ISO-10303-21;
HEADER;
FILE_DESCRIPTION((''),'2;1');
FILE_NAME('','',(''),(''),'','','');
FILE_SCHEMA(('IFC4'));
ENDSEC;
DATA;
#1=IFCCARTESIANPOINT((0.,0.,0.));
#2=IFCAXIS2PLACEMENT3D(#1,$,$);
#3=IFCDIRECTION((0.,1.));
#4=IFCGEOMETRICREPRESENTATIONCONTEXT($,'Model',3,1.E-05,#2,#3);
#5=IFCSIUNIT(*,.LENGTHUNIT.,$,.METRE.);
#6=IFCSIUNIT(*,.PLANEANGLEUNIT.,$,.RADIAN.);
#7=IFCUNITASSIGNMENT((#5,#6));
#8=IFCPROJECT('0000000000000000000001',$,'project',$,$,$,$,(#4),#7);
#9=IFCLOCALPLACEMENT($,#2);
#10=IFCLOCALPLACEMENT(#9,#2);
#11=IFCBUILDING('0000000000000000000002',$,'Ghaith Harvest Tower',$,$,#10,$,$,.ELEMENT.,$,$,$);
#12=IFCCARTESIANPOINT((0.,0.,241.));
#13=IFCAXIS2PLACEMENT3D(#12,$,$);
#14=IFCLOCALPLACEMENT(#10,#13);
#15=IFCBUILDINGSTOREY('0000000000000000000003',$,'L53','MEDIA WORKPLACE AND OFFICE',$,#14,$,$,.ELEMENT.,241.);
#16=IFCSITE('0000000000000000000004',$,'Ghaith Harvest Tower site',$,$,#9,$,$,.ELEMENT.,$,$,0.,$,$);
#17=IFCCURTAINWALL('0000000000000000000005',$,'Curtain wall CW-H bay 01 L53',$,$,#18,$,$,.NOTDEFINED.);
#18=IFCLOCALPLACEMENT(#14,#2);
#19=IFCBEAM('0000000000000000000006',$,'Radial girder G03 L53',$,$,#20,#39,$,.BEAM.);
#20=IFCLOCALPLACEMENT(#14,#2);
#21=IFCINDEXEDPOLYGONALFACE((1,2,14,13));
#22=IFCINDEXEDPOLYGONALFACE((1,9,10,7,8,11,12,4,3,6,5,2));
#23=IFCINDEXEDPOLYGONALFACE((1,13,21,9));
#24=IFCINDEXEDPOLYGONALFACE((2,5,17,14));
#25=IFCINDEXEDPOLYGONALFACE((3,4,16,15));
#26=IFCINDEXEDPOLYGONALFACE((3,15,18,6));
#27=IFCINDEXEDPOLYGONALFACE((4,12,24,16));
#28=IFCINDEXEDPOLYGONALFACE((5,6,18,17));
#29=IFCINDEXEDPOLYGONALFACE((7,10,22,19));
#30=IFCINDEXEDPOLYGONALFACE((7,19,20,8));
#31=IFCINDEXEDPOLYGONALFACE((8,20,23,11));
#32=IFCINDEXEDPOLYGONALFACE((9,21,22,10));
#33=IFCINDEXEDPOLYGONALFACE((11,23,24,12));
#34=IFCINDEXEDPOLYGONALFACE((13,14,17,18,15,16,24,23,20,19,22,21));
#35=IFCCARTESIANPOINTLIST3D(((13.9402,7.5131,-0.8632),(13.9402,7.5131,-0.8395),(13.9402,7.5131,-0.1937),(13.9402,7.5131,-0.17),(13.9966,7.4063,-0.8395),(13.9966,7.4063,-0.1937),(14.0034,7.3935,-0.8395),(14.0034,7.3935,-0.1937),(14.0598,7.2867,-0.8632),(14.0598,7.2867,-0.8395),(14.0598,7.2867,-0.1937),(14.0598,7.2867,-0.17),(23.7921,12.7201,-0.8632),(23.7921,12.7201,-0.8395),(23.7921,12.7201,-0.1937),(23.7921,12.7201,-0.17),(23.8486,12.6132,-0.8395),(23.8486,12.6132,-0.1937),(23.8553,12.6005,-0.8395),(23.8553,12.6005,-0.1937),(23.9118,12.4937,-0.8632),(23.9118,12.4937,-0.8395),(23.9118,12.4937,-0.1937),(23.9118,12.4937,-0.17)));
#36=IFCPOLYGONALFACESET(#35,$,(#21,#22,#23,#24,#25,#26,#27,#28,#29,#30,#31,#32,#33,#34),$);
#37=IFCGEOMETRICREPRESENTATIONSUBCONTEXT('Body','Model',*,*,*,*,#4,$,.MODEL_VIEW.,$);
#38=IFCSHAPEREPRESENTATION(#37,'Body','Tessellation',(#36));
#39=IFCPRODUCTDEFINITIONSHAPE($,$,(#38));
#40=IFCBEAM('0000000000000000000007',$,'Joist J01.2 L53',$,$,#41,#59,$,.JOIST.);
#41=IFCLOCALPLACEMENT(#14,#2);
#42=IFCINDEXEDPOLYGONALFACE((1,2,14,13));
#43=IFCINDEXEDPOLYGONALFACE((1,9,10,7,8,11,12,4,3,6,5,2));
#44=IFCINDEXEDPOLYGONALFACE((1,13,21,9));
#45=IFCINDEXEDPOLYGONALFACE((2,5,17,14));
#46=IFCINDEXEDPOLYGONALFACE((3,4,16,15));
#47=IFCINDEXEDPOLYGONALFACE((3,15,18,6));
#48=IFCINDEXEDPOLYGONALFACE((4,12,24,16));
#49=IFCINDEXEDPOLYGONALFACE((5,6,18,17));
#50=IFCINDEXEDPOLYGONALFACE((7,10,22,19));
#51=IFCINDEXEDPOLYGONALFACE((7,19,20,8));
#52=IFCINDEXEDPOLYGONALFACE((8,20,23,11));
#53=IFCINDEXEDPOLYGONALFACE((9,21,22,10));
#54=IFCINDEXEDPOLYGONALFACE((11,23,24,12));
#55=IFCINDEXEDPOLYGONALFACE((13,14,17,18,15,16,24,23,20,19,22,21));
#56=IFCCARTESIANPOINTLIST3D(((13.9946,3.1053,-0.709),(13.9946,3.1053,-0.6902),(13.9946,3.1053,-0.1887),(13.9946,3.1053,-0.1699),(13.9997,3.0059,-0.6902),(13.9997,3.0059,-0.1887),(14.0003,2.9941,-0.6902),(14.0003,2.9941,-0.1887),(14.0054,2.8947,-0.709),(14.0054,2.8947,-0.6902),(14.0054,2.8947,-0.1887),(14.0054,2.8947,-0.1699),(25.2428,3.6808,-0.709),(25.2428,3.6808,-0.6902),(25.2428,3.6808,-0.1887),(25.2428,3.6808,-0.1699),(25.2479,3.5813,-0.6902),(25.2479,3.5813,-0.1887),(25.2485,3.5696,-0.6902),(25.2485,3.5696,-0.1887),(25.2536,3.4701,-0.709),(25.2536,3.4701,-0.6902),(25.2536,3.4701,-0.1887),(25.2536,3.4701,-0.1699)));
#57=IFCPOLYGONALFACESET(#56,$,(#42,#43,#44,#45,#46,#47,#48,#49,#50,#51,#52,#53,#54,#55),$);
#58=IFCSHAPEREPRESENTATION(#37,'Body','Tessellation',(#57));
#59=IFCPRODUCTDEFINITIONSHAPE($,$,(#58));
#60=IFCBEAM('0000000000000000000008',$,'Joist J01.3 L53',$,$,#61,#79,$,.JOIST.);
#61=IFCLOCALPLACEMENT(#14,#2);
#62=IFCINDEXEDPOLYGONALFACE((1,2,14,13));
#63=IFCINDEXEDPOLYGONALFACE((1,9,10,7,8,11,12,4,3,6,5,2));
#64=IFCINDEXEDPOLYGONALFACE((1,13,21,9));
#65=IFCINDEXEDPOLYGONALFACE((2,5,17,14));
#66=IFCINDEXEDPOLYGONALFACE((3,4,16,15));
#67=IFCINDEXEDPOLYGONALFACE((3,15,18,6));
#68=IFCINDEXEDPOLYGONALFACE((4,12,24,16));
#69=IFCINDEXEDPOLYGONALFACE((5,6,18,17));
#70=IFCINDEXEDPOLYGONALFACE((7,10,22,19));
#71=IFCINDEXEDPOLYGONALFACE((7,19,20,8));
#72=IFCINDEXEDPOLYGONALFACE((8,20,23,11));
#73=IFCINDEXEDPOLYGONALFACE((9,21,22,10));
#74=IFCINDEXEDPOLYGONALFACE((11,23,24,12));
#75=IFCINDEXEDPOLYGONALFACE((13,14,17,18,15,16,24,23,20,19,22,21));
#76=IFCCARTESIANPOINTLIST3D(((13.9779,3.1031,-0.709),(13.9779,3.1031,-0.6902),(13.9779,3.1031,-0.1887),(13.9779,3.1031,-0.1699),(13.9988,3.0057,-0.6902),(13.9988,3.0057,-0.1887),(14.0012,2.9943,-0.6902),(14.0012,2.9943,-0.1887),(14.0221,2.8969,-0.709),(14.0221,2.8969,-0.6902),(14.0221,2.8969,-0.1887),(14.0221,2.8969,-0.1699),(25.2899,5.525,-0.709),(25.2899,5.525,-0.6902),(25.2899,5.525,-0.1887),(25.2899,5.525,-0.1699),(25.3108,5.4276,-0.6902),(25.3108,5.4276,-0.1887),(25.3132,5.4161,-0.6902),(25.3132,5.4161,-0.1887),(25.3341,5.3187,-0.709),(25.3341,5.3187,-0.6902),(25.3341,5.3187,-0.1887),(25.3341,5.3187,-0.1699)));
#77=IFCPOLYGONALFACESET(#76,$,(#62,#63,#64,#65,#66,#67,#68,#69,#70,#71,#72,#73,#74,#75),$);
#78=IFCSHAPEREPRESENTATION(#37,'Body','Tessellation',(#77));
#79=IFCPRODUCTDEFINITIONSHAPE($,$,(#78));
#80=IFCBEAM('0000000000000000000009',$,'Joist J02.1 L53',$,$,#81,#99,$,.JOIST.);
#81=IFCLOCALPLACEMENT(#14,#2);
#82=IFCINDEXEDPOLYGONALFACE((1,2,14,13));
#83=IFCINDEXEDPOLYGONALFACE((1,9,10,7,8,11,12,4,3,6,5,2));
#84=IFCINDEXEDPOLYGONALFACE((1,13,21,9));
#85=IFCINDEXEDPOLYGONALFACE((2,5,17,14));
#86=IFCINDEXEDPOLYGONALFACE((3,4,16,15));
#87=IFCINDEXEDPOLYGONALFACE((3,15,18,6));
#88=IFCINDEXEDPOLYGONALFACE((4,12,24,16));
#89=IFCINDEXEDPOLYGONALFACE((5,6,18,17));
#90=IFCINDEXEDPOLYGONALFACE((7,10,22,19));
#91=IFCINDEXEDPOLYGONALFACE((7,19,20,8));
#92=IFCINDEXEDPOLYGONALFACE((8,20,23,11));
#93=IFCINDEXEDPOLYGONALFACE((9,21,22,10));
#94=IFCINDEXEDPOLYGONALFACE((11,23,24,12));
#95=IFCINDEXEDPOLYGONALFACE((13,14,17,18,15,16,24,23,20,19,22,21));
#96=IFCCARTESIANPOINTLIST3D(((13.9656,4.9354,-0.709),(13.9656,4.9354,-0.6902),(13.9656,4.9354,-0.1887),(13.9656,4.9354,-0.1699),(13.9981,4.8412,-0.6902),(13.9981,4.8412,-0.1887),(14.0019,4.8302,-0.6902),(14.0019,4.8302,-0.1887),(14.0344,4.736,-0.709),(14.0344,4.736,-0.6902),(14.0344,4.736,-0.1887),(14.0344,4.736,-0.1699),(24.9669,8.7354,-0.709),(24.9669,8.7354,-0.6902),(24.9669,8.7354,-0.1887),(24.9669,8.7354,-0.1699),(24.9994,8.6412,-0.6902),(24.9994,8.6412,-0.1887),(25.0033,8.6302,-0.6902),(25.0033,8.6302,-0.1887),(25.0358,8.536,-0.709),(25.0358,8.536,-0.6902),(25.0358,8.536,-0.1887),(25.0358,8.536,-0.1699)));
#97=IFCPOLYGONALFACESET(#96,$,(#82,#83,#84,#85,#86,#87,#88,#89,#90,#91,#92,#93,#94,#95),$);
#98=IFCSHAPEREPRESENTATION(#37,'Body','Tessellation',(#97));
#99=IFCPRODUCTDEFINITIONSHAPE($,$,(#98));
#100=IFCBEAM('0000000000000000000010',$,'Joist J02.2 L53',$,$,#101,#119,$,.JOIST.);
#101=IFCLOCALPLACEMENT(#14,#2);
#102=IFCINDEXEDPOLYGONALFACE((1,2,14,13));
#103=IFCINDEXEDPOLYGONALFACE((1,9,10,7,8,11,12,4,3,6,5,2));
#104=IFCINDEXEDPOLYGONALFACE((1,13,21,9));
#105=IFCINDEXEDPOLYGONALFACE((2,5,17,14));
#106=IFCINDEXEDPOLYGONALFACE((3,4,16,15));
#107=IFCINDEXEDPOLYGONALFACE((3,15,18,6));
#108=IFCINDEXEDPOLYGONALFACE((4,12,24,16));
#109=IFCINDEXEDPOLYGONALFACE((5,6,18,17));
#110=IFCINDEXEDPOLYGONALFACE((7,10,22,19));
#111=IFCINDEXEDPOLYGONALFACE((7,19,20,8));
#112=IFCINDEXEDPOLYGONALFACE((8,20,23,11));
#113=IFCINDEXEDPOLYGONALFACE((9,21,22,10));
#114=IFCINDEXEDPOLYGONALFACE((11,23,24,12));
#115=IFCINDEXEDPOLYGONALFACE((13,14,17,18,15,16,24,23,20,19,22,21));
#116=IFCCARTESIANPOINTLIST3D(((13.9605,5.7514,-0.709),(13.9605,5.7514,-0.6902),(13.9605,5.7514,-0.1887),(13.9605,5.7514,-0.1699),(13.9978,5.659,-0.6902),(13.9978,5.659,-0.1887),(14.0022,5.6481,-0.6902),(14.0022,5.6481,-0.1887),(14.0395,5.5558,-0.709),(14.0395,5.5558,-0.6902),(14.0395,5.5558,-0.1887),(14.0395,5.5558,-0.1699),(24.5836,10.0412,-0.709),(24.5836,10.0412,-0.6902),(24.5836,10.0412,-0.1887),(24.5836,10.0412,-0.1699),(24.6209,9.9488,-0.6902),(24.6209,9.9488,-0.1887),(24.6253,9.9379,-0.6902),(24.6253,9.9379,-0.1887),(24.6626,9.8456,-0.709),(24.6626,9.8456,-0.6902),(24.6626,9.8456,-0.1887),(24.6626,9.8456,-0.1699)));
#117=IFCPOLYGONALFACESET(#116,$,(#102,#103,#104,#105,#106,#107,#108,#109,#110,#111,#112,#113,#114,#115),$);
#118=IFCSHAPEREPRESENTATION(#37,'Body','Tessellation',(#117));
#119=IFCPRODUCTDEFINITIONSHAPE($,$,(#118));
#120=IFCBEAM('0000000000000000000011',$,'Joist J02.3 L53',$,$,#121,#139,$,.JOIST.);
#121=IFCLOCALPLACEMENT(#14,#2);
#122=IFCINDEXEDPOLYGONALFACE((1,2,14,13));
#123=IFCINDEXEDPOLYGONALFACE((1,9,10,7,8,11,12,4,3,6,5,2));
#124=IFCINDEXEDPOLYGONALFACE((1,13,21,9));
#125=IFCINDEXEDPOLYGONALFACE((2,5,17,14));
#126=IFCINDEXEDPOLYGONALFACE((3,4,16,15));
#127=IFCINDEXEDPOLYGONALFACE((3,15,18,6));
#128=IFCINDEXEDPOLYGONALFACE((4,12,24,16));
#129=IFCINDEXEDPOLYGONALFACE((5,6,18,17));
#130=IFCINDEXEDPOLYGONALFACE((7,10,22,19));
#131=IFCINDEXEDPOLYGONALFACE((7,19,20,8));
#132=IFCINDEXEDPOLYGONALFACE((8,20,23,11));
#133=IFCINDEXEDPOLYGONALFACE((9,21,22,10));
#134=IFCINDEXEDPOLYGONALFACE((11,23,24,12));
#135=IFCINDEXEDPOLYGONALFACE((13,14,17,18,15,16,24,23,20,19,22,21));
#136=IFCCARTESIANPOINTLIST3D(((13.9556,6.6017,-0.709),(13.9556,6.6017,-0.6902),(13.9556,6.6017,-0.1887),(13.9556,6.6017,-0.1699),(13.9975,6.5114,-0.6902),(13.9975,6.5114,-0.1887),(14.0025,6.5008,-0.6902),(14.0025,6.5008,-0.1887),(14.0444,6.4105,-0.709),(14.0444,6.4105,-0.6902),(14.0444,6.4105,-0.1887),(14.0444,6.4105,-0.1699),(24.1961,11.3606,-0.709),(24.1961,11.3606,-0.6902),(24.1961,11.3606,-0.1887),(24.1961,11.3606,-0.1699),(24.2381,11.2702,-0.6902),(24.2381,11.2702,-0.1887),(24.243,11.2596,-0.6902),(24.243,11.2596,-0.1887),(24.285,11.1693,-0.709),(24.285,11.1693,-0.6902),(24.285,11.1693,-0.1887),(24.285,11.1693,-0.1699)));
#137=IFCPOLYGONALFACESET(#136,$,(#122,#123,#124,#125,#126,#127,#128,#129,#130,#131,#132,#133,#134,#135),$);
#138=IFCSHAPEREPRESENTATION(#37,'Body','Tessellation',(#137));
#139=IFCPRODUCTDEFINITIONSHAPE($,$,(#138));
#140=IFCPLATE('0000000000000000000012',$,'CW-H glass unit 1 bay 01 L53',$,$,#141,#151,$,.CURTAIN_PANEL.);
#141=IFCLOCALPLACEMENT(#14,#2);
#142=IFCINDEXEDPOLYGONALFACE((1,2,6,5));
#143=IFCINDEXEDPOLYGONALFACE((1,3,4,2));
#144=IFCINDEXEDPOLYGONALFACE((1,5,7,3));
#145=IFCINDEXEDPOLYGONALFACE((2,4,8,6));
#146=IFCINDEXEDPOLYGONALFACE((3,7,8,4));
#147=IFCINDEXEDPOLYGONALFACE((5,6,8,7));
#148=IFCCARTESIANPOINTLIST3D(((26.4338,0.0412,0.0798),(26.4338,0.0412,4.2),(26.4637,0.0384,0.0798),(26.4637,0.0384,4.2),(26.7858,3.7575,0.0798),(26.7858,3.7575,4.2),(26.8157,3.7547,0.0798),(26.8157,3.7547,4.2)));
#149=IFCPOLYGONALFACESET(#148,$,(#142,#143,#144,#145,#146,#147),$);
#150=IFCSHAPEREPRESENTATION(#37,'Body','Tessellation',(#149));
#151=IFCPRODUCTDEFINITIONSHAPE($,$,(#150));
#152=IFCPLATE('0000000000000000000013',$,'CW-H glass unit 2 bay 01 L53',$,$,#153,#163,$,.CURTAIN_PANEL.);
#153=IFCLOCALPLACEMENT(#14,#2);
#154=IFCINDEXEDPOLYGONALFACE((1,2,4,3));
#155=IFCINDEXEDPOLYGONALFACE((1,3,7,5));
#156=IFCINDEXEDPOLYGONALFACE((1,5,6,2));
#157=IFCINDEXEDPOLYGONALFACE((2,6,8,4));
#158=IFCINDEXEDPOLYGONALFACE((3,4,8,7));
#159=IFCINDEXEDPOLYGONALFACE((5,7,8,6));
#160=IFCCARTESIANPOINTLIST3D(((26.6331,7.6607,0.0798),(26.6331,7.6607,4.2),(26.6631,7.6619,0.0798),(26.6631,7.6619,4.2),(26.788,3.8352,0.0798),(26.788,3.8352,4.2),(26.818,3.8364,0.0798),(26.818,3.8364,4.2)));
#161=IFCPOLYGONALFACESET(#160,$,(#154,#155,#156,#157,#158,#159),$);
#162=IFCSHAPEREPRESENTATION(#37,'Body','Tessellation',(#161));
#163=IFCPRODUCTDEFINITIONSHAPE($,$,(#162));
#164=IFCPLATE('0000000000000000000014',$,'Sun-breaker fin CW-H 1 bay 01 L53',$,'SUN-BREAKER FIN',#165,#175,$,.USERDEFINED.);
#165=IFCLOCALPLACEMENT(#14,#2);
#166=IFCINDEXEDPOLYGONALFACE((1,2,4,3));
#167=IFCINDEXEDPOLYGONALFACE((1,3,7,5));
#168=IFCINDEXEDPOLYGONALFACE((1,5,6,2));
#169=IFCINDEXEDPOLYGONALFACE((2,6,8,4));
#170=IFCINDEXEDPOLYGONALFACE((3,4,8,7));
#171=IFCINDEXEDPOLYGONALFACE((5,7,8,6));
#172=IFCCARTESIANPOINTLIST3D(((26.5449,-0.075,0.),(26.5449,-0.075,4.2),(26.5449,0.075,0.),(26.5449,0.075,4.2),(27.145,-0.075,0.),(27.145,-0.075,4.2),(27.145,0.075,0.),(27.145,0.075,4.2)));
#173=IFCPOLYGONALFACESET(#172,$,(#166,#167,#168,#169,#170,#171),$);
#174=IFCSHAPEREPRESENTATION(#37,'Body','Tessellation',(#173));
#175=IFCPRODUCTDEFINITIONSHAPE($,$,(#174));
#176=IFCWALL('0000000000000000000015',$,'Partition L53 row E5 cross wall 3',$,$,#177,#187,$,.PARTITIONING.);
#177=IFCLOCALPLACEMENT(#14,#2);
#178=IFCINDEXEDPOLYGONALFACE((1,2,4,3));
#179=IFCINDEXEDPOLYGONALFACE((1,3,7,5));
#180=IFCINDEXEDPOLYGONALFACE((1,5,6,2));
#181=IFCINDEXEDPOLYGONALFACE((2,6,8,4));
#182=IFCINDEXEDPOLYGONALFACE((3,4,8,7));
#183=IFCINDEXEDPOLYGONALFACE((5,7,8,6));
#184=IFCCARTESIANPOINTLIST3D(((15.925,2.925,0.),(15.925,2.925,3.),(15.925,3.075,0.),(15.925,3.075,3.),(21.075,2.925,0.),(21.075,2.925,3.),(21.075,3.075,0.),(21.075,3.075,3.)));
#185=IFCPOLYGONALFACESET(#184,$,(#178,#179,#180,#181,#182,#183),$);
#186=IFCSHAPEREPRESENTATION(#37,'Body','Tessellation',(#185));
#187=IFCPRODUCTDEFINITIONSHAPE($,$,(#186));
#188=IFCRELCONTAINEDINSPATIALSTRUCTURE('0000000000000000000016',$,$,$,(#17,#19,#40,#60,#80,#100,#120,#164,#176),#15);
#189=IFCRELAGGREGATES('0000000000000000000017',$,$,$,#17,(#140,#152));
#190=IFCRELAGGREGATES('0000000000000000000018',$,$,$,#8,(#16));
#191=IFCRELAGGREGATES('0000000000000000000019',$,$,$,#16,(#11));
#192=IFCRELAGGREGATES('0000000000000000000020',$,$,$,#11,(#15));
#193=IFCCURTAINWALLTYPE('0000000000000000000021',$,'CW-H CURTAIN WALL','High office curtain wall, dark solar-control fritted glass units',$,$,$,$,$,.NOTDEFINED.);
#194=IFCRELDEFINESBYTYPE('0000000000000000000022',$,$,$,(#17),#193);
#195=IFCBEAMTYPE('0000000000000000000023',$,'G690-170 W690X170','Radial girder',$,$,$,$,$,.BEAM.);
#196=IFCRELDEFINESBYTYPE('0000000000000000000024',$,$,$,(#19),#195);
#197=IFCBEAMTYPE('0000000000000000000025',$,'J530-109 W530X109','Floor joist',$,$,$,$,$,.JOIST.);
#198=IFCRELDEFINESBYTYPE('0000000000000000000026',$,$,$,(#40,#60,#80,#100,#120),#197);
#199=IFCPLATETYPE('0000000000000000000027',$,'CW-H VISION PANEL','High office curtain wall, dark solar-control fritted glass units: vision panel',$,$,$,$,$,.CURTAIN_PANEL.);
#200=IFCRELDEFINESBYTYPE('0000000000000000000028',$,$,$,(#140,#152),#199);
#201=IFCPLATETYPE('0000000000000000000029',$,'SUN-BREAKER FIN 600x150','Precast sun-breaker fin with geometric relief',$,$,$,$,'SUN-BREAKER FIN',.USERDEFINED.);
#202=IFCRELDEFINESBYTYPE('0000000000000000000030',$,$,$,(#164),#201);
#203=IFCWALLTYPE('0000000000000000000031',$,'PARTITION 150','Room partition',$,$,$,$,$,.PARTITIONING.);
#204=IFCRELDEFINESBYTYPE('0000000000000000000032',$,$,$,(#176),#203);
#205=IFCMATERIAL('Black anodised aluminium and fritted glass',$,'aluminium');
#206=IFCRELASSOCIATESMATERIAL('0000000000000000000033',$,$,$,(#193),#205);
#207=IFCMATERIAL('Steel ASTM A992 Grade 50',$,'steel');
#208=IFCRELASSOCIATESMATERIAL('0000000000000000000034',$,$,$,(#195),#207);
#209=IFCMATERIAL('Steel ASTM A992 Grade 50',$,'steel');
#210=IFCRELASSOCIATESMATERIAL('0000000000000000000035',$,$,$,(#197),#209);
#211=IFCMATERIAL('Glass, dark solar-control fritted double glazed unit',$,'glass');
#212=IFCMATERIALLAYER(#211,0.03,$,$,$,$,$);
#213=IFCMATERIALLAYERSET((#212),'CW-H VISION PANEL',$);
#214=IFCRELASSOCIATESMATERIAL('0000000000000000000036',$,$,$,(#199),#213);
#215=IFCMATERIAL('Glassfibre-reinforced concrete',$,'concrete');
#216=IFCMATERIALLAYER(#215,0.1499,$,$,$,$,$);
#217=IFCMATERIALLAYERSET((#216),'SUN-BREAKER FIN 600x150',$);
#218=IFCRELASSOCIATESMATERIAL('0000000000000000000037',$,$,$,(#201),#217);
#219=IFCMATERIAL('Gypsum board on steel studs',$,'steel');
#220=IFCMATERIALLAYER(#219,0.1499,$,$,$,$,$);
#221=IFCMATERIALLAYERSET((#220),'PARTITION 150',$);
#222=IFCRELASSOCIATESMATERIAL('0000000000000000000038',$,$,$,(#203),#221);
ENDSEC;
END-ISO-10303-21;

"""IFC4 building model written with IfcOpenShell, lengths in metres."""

from ifc_helpers import new_model, si_unit, direction, frame, frame_2d, origin, origin_2d, place, context, subcontext, project, spatial, rectangle, i_section, extrude, material, layer, layer_set, material_profile, profile_set, type_object, element, aggregate, save


model = new_model("IFC4")

# Units and contexts
model_context = context("Model", 3, precision=1e-05, world=origin(), true_north=direction((0.0, 1.0)))
body_context = subcontext(model_context, "Body", "Model", "MODEL_VIEW")
ifc_project = project(units=[si_unit("LENGTHUNIT", "METRE"), si_unit("PLANEANGLEUNIT", "RADIAN")], contexts=[model_context])

# Site, building, storey
site_placement = place(None, origin())
site = spatial("IfcSite", under=ifc_project, at=site_placement, Name="Ghaith Harvest Tower site", CompositionType="ELEMENT", RefElevation=0.0)
building_placement = place(site_placement, origin())
building = spatial("IfcBuilding", under=site, at=building_placement, Name="Ghaith Harvest Tower", CompositionType="ELEMENT")
storey_placement = place(building_placement, frame((0.0, 0.0, 241.0)))
storey = spatial("IfcBuildingStorey", under=building, at=storey_placement, Name="L53", Description="MEDIA WORKPLACE AND OFFICE", CompositionType="ELEMENT", Elevation=241.0)

# Curtain wall
ifc_material_1 = material(Name="Black anodised aluminium and fritted glass", Category="aluminium")
curtain_wall_type = type_object("IfcCurtainWallType", Name="CW-H CURTAIN WALL", Description="High office curtain wall, dark solar-control fritted glass units", PredefinedType="NOTDEFINED", material=ifc_material_1)
curtain_wall_1_placement = place(storey_placement, origin())
curtain_wall_1 = element("IfcCurtainWall", 1, at=curtain_wall_1_placement, inside=storey, type_object=curtain_wall_type, Name="Curtain wall CW-H bay 01 L53", PredefinedType="NOTDEFINED")

# Beams
ifc_material_2 = material(Name="Steel ASTM A992 Grade 50", Category="steel")
ifc_material_profile_1 = material_profile(ifc_material_2, i_section(OverallWidth=0.2561, OverallDepth=0.6931, WebThickness=0.0144, FlangeThickness=0.0237, at=origin_2d()), Name="W690X170")
ifc_profile_set_1 = profile_set([ifc_material_profile_1], Name="Steel ASTM A992 Grade 50")
beam_type_1 = type_object("IfcBeamType", Name="G690-170 W690X170", Description="Radial girder", PredefinedType="BEAM", material=ifc_profile_set_1)
beam_1_placement = place(storey_placement, frame((14.0, 7.3999, -0.5166), z_axis=(0.884113, 0.467274, 0.0), x_axis=(-0.467274, 0.884113, 0.0)))
element("IfcBeam", 2, at=beam_1_placement, inside=storey, type_object=beam_type_1, Name="Radial girder G03 L53", PredefinedType="BEAM", context=body_context, shape_type="SweptSolid", body=[
    extrude(i_section(OverallWidth=0.2561, OverallDepth=0.6931, WebThickness=0.0144, FlangeThickness=0.0237, at=origin_2d()), origin(), (0.0, 0.0, 1.0), 11.1433),
])
ifc_material_3 = material(Name="Steel ASTM A992 Grade 50", Category="steel")
ifc_material_profile_2 = material_profile(ifc_material_3, i_section(OverallWidth=0.2109, OverallDepth=0.5391, WebThickness=0.0117, FlangeThickness=0.0188, at=origin_2d()), Name="W530X109")
ifc_profile_set_2 = profile_set([ifc_material_profile_2], Name="Steel ASTM A992 Grade 50")
beam_type_2 = type_object("IfcBeamType", Name="J530-109 W530X109", Description="Floor joist", PredefinedType="JOIST", material=ifc_profile_set_2)
beam_2_placement = place(storey_placement, frame((14.0, 3.0, -0.4395), z_axis=(0.998694, 0.051091, 0.0), x_axis=(-0.051091, 0.998694, 0.0)))
element("IfcBeam", 3, at=beam_2_placement, inside=storey, type_object=beam_type_2, Name="Joist J01.2 L53", PredefinedType="JOIST", context=body_context, shape_type="SweptSolid", body=[
    extrude(i_section(OverallWidth=0.2109, OverallDepth=0.5391, WebThickness=0.0117, FlangeThickness=0.0188, at=origin_2d()), origin(), (0.0, 0.0, 1.0), 11.2629),
])
beam_3_placement = place(storey_placement, frame((14.0, 3.0, -0.4395), z_axis=(0.97784, 0.209353, 0.0), x_axis=(-0.209353, 0.97784, 0.0)))
element("IfcBeam", 4, at=beam_3_placement, inside=storey, type_object=beam_type_2, Name="Joist J01.3 L53", PredefinedType="JOIST", context=body_context, shape_type="SweptSolid", body=[
    extrude(i_section(OverallWidth=0.2109, OverallDepth=0.5391, WebThickness=0.0117, FlangeThickness=0.0188, at=origin_2d()), origin(), (0.0, 0.0, 1.0), 11.5684),
])
beam_4_placement = place(storey_placement, frame((14.0, 4.8357, -0.4395), z_axis=(0.945202, 0.326485, 0.0), x_axis=(-0.326485, 0.945202, 0.0)))
element("IfcBeam", 5, at=beam_4_placement, inside=storey, type_object=beam_type_2, Name="Joist J02.1 L53", PredefinedType="JOIST", context=body_context, shape_type="SweptSolid", body=[
    extrude(i_section(OverallWidth=0.2109, OverallDepth=0.5391, WebThickness=0.0117, FlangeThickness=0.0188, at=origin_2d()), origin(), (0.0, 0.0, 1.0), 11.6392),
])
beam_5_placement = place(storey_placement, frame((14.0, 5.6536, -0.4395), z_axis=(0.92725, 0.374442, 0.0), x_axis=(-0.374442, 0.92725, 0.0)))
element("IfcBeam", 6, at=beam_5_placement, inside=storey, type_object=beam_type_2, Name="Joist J02.2 L53", PredefinedType="JOIST", context=body_context, shape_type="SweptSolid", body=[
    extrude(i_section(OverallWidth=0.2109, OverallDepth=0.5391, WebThickness=0.0117, FlangeThickness=0.0188, at=origin_2d()), origin(), (0.0, 0.0, 1.0), 11.4565),
])
beam_6_placement = place(storey_placement, frame((14.0, 6.5061, -0.4395), z_axis=(0.906864, 0.421423, 0.0), x_axis=(-0.421423, 0.906864, 0.0)))
element("IfcBeam", 7, at=beam_6_placement, inside=storey, type_object=beam_type_2, Name="Joist J02.3 L53", PredefinedType="JOIST", context=body_context, shape_type="SweptSolid", body=[
    extrude(i_section(OverallWidth=0.2109, OverallDepth=0.5391, WebThickness=0.0117, FlangeThickness=0.0188, at=origin_2d()), origin(), (0.0, 0.0, 1.0), 11.2922),
])

# Plates
ifc_material_4 = material(Name="Glass, dark solar-control fritted double glazed unit", Category="glass")
ifc_layer_1 = layer(ifc_material_4, 0.03)
ifc_layer_set_1 = layer_set([ifc_layer_1], Name="CW-H VISION PANEL")
plate_type_1 = type_object("IfcPlateType", Name="CW-H VISION PANEL", Description="High office curtain wall, dark solar-control fritted glass units: vision panel", PredefinedType="CURTAIN_PANEL", material=ifc_layer_set_1)
plate_1_placement = place(storey_placement, frame((26.6248, 1.8979, 0.0798), z_axis=(0.0, 0.0, 1.0), x_axis=(0.094302, 0.995544, 0.0)))
plate_1 = element("IfcPlate", 8, at=plate_1_placement, type_object=plate_type_1, Name="CW-H glass unit 1 bay 01 L53", PredefinedType="CURTAIN_PANEL", context=body_context, shape_type="SweptSolid", body=[
    extrude(rectangle(XDim=3.7329, YDim=0.03, at=origin_2d()), origin(), (0.0, 0.0, 1.0), 4.1201),
])
plate_2_placement = place(storey_placement, frame((26.7256, 5.7485, 0.0798), z_axis=(0.0, 0.0, 1.0), x_axis=(-0.040462, 0.999181, 0.0)))
plate_2 = element("IfcPlate", 9, at=plate_2_placement, type_object=plate_type_1, Name="CW-H glass unit 2 bay 01 L53", PredefinedType="CURTAIN_PANEL", context=body_context, shape_type="SweptSolid", body=[
    extrude(rectangle(XDim=3.8286, YDim=0.03, at=origin_2d()), origin(), (0.0, 0.0, 1.0), 4.1201),
])
aggregate(curtain_wall_1, [plate_1, plate_2])
ifc_material_5 = material(Name="Glassfibre-reinforced concrete", Category="concrete")
ifc_layer_2 = layer(ifc_material_5, 0.1499)
ifc_layer_set_2 = layer_set([ifc_layer_2], Name="SUN-BREAKER FIN 600x150")
plate_type_2 = type_object("IfcPlateType", Name="SUN-BREAKER FIN 600x150", Description="Precast sun-breaker fin with geometric relief", ElementType="SUN-BREAKER FIN", PredefinedType="USERDEFINED", material=ifc_layer_set_2)
plate_3_placement = place(storey_placement, frame((26.845, 0.0, 0.0), z_axis=(0.0, 0.0, 1.0), x_axis=(1.0, 0.0, 0.0)))
element("IfcPlate", 10, at=plate_3_placement, inside=storey, type_object=plate_type_2, Name="Sun-breaker fin CW-H 1 bay 01 L53", ObjectType="SUN-BREAKER FIN", PredefinedType="USERDEFINED", context=body_context, shape_type="SweptSolid", body=[
    extrude(rectangle(XDim=0.6001, YDim=0.1499, at=origin_2d()), origin(), (0.0, 0.0, 1.0), 4.2),
])

# Wall
ifc_material_6 = material(Name="Gypsum board on steel studs", Category="steel")
ifc_layer_3 = layer(ifc_material_6, 0.1499)
ifc_layer_set_3 = layer_set([ifc_layer_3], Name="PARTITION 150")
wall_type = type_object("IfcWallType", Name="PARTITION 150", Description="Room partition", PredefinedType="PARTITIONING", material=ifc_layer_set_3)
for number, where, z_axis, x_axis, name in (
    (11, (15.925, 3.0, 0.0), (0.0, 0.0, 1.0), (1.0, 0.0, 0.0), "Partition L53 row E5 cross wall 3"),
):
    element("IfcWall", number, at=place(storey_placement, frame(where, z_axis=z_axis, x_axis=x_axis)), inside=storey, type_object=wall_type, Name=name, PredefinedType="PARTITIONING", context=body_context, shape_type="SweptSolid", body=[
        extrude(rectangle(XDim=5.1499, YDim=0.1499, at=frame_2d((2.575, 0.0))), origin(), (0.0, 0.0, 1.0), 3.0),
    ])

save(model, "model.ifc")
